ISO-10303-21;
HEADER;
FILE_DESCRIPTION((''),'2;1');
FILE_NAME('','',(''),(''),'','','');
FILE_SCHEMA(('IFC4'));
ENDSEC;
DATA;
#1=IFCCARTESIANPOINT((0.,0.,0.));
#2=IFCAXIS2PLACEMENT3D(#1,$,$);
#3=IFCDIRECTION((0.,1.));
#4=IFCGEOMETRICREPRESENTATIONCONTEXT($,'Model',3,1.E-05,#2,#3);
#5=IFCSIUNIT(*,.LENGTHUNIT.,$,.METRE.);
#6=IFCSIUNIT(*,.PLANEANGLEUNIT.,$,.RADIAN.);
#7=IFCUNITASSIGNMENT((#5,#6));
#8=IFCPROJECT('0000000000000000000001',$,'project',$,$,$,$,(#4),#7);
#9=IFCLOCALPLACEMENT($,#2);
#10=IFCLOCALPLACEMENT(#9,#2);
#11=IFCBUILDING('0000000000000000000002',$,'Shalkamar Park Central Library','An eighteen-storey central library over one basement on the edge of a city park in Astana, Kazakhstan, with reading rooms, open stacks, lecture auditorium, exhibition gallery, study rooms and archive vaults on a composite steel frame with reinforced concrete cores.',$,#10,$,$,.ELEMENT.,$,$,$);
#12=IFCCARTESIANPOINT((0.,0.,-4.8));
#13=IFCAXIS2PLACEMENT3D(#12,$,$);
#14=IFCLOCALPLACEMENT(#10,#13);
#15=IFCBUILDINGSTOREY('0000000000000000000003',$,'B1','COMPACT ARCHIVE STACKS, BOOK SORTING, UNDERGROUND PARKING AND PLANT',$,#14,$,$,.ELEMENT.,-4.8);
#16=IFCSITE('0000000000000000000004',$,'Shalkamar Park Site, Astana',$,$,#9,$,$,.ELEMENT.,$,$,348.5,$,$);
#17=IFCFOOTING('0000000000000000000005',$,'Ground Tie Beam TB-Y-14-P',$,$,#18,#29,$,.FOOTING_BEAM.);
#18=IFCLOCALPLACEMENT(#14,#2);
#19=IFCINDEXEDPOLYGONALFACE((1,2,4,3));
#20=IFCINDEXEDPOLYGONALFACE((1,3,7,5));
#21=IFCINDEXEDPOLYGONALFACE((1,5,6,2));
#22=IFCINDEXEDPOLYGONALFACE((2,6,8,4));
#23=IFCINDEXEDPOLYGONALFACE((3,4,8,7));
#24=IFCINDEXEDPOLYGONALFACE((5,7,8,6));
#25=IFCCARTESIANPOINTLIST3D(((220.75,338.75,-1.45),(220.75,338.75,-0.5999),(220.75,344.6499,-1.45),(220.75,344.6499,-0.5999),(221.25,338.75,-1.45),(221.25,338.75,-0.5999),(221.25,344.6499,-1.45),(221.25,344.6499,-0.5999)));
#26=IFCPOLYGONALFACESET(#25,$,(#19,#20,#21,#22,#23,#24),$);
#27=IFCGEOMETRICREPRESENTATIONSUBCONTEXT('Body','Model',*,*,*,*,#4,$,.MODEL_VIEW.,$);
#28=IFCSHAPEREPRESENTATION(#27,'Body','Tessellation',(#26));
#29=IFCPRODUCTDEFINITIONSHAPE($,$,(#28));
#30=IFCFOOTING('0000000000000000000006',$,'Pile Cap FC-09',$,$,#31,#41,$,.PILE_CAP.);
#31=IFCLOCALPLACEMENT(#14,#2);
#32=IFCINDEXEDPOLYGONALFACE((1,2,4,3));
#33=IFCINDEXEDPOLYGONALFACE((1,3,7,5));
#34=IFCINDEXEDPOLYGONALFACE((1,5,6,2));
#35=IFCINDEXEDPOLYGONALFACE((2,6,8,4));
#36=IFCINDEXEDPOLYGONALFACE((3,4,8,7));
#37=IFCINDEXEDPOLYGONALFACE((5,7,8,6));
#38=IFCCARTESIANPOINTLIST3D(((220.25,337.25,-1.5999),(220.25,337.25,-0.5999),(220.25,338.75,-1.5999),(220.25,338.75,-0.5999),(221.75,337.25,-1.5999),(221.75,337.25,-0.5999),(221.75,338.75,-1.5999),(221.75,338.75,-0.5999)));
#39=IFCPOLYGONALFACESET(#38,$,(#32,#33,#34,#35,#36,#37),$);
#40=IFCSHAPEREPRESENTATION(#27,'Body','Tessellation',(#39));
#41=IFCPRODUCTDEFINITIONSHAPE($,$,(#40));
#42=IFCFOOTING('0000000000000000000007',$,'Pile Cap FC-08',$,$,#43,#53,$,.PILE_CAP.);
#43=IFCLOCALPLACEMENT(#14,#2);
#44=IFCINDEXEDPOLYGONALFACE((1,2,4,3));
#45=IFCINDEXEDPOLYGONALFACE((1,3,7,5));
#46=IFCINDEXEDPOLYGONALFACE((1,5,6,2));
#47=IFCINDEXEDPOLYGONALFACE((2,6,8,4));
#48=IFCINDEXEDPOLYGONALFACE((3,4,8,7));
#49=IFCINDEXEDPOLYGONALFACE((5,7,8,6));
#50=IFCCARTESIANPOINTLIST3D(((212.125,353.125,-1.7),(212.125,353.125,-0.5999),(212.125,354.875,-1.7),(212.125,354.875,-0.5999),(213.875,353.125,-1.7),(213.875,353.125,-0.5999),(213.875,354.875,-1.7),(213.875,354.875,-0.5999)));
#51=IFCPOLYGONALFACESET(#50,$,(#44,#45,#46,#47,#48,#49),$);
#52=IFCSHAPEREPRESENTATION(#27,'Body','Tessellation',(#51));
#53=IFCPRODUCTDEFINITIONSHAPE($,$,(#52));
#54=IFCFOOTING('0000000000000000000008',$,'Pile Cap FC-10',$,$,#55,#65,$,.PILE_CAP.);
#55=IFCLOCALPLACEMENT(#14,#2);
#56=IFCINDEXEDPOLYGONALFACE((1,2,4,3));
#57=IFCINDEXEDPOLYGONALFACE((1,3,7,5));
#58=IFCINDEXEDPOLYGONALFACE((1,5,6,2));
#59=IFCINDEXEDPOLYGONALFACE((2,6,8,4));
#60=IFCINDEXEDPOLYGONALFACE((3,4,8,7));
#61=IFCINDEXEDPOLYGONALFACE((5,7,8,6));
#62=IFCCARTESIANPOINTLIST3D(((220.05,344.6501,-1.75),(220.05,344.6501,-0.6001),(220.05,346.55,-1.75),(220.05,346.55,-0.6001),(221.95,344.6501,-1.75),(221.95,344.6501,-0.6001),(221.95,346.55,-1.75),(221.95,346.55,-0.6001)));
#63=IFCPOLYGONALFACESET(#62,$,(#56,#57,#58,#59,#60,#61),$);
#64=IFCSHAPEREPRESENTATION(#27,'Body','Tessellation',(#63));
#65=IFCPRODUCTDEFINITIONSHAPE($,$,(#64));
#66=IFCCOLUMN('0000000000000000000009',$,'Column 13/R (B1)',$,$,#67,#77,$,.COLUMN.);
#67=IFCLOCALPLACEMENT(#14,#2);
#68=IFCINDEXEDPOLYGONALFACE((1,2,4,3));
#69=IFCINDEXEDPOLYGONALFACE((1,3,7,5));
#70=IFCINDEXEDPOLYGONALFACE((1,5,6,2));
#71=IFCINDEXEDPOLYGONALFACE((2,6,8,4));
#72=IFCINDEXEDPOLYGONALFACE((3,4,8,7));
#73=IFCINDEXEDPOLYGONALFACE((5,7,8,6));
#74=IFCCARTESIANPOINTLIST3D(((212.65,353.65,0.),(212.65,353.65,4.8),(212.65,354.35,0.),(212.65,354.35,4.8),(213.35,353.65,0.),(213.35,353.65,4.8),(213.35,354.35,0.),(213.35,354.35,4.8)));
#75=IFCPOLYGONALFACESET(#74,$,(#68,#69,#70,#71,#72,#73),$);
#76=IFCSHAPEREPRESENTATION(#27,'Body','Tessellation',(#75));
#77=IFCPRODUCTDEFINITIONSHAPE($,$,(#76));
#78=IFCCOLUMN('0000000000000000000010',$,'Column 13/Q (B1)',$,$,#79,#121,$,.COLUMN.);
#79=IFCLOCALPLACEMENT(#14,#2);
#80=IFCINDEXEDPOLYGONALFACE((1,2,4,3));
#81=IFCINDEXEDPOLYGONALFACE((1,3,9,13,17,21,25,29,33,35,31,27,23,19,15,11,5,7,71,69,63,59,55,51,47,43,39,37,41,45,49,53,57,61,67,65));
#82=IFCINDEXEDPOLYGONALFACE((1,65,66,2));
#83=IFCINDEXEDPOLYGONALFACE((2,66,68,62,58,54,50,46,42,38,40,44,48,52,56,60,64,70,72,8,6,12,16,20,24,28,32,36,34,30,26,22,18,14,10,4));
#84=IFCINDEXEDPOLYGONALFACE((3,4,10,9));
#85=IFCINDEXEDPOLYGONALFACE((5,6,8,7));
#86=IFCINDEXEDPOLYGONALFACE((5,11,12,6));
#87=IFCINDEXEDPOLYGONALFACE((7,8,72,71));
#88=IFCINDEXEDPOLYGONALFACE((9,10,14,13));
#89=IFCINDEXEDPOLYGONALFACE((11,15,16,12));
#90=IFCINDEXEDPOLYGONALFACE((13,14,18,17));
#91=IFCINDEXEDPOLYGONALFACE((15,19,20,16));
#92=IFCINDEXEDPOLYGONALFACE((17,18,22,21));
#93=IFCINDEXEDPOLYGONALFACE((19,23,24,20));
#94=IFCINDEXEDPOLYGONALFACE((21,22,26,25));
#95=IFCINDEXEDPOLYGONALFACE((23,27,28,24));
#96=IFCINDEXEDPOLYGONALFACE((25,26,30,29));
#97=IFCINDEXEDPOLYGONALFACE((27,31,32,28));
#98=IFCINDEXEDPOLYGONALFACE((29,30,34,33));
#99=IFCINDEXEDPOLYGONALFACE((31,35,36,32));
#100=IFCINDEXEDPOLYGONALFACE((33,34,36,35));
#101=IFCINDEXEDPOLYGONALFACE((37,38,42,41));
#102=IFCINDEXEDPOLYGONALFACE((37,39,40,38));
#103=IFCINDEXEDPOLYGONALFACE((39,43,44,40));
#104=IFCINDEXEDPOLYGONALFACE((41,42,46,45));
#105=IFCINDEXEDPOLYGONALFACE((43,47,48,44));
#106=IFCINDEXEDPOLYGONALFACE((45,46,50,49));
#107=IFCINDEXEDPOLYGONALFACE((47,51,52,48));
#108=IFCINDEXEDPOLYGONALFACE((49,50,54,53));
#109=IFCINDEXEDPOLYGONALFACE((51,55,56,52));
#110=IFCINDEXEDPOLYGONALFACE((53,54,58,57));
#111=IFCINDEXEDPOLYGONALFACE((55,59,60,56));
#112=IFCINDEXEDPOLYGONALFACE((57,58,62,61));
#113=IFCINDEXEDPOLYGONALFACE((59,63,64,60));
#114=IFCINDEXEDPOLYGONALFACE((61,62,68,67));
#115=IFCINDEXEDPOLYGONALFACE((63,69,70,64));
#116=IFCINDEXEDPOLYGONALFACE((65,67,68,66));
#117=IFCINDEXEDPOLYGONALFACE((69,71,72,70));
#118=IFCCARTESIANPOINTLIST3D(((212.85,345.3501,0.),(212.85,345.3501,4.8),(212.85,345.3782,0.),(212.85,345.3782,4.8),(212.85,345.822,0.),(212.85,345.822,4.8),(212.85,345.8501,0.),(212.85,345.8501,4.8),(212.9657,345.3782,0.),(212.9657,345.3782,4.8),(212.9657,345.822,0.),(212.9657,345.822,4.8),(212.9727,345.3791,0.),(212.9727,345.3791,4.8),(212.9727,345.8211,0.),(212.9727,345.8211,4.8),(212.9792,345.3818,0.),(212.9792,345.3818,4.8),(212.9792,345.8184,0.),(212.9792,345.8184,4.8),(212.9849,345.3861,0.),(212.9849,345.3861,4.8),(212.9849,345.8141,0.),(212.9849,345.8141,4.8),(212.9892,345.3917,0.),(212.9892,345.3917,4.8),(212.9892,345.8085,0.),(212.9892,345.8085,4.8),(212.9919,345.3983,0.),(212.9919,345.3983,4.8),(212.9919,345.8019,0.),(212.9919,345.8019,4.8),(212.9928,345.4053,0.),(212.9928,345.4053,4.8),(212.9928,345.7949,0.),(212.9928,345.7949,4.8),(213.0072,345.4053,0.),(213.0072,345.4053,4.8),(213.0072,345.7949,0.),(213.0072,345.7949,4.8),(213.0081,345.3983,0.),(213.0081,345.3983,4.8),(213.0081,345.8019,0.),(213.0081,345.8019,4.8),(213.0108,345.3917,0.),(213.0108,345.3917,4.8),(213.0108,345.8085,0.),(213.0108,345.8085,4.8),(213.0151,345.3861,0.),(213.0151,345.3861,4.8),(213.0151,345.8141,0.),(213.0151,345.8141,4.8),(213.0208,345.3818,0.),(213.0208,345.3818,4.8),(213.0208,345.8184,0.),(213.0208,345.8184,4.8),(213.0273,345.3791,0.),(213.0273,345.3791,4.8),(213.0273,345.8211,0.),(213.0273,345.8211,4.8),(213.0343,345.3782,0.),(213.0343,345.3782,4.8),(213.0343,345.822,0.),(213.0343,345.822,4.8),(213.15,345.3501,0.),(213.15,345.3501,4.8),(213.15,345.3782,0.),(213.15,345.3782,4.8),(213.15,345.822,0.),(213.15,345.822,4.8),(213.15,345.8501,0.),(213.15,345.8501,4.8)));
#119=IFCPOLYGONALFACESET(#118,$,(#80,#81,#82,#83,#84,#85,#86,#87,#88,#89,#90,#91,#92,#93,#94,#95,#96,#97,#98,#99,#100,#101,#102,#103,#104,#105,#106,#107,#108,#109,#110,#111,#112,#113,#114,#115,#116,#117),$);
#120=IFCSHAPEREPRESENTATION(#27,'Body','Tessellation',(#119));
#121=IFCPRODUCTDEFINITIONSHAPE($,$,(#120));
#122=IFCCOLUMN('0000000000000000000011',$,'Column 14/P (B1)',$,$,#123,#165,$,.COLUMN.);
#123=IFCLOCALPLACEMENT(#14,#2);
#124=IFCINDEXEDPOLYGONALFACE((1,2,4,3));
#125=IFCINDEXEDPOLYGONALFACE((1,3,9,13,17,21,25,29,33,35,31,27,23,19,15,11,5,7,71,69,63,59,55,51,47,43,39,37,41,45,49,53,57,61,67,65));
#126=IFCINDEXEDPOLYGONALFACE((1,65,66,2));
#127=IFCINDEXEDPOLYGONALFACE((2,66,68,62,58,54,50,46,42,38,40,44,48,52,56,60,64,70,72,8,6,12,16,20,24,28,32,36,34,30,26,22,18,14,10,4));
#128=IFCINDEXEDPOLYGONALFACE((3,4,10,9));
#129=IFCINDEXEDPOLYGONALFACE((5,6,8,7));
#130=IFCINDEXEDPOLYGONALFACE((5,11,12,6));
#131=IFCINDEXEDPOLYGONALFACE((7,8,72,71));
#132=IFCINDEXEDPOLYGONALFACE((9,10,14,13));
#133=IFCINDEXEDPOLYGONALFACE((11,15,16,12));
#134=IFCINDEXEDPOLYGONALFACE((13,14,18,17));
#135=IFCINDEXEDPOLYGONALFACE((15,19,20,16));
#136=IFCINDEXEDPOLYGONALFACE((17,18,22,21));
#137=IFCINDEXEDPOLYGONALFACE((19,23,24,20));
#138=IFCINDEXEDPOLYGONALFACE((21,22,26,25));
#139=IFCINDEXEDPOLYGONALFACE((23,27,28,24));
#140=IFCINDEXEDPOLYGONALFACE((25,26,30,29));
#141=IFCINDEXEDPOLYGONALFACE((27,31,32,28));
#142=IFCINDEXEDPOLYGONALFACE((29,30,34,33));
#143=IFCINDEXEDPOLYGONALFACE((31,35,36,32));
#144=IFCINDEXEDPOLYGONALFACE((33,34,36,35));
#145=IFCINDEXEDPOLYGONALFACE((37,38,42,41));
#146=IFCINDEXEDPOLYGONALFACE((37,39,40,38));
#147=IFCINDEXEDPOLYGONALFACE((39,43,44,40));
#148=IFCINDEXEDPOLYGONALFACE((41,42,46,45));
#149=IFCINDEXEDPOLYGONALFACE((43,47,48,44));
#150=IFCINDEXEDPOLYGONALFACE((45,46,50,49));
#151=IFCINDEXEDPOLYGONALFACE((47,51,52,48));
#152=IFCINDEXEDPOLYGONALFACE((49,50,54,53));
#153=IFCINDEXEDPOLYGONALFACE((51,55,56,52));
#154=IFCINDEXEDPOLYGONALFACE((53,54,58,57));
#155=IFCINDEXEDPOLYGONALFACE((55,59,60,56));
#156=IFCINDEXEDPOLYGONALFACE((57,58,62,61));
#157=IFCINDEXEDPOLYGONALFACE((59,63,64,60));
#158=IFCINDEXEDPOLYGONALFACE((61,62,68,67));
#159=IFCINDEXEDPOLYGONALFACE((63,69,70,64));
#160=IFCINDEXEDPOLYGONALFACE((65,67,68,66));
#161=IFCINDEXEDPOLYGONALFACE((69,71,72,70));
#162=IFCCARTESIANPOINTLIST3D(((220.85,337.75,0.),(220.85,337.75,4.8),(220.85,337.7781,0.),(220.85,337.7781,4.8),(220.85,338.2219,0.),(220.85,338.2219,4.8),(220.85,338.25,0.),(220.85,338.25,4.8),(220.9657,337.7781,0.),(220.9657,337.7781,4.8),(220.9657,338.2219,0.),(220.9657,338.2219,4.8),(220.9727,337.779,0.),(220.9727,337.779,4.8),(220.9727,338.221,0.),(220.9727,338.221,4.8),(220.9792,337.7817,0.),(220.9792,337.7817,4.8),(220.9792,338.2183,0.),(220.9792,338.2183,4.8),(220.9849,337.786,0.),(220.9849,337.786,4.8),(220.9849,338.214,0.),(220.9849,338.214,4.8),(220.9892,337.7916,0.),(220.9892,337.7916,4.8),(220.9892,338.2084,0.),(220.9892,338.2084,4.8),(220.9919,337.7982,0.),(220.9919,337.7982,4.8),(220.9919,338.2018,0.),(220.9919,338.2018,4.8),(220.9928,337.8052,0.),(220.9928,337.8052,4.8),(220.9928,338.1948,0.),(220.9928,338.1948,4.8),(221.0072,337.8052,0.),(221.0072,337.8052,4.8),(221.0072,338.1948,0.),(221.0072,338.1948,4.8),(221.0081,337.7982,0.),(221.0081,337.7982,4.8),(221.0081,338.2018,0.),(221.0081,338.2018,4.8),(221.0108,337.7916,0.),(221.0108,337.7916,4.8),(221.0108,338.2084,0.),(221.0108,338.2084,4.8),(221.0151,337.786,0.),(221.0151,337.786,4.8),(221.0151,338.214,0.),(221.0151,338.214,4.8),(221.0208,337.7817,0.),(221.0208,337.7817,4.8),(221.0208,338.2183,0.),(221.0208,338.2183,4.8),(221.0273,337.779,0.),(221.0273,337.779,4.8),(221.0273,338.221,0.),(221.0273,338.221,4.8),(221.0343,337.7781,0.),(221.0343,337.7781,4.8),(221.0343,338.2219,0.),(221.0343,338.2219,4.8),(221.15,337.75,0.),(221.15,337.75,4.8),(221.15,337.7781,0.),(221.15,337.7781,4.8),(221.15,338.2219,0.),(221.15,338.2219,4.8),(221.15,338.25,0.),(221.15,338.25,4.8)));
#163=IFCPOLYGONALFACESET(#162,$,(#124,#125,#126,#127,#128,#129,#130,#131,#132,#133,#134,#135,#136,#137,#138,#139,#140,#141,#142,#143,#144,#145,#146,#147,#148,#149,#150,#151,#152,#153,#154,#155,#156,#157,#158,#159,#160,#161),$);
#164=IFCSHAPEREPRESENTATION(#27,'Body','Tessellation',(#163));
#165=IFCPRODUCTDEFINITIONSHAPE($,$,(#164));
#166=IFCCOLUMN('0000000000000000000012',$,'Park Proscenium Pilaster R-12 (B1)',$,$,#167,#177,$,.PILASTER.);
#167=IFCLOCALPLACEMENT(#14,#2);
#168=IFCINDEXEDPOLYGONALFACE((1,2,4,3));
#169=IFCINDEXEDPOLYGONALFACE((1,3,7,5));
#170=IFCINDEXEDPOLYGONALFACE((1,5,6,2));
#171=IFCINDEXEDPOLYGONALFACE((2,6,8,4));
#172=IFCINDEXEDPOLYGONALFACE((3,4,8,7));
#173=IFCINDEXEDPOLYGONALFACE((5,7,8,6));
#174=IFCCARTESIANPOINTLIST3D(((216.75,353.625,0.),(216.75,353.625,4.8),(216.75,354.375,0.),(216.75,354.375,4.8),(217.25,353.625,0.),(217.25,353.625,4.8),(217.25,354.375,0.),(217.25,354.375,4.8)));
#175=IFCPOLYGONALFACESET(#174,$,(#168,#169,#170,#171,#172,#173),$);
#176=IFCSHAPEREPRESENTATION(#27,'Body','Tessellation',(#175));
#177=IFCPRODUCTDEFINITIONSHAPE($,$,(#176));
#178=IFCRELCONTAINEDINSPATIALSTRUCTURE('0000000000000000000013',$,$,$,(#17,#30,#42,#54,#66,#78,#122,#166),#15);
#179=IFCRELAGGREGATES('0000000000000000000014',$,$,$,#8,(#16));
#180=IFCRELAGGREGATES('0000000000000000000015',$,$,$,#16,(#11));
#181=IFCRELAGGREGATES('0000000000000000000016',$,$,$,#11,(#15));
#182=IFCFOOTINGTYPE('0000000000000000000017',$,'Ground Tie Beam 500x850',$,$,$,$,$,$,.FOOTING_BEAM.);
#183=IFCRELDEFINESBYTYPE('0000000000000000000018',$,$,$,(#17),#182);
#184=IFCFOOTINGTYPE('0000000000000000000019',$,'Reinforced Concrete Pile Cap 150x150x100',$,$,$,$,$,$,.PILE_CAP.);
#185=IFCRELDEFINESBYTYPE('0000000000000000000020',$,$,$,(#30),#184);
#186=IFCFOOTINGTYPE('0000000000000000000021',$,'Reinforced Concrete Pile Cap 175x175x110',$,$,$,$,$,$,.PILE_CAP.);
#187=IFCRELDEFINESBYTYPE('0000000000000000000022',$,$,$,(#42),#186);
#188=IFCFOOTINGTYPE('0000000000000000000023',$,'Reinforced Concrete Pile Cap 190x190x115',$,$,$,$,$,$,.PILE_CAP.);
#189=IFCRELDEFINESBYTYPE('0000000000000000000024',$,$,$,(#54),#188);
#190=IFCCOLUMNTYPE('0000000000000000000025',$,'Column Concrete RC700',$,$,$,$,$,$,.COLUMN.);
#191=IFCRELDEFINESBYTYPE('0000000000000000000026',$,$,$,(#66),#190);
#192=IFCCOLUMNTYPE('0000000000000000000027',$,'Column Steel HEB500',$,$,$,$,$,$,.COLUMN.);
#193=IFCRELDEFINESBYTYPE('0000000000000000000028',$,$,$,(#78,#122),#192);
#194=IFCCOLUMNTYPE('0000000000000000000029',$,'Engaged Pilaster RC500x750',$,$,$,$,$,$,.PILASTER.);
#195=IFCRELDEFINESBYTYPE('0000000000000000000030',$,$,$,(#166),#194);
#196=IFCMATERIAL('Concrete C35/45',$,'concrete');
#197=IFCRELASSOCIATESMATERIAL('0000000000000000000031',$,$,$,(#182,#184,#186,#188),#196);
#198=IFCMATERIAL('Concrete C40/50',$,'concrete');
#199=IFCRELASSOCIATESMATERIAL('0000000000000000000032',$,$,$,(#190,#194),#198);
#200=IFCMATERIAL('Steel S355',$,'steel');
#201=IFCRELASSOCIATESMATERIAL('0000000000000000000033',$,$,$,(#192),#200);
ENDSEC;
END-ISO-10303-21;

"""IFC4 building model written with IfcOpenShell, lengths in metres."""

from ifc_helpers import new_model, si_unit, direction, frame, origin, origin_2d, place, context, subcontext, project, spatial, rectangle, i_section, extrude, material, material_profile, profile_set, type_object, element, save


model = new_model("IFC4")

# Units and contexts
model_context = context("Model", 3, precision=1e-05, world=origin(), true_north=direction((0.0, 1.0)))
body_context = subcontext(model_context, "Body", "Model", "MODEL_VIEW")
ifc_project = project(units=[si_unit("LENGTHUNIT", "METRE"), si_unit("PLANEANGLEUNIT", "RADIAN")], contexts=[model_context])

# Site, building, storey
site_placement = place(None, origin())
site = spatial("IfcSite", under=ifc_project, at=site_placement, Name="Shalkamar Park Site, Astana", CompositionType="ELEMENT", RefElevation=348.5)
building_placement = place(site_placement, origin())
building = spatial("IfcBuilding", under=site, at=building_placement, Name="Shalkamar Park Central Library", Description="An eighteen-storey central library over one basement on the edge of a city park in Astana, Kazakhstan, with reading rooms, open stacks, lecture auditorium, exhibition gallery, study rooms and archive vaults on a composite steel frame with reinforced concrete cores.", CompositionType="ELEMENT")
storey_placement = place(building_placement, frame((0.0, 0.0, -4.8)))
storey = spatial("IfcBuildingStorey", under=building, at=storey_placement, Name="B1", Description="COMPACT ARCHIVE STACKS, BOOK SORTING, UNDERGROUND PARKING AND PLANT", CompositionType="ELEMENT", Elevation=-4.8)

# Shared definitions
ifc_material_1 = material(Name="Concrete C35/45", Category="concrete")

# Footings
footing_type_1 = type_object("IfcFootingType", Name="Ground Tie Beam 500x850", PredefinedType="FOOTING_BEAM", material=ifc_material_1)
footing_1_placement = place(storey_placement, frame((221.0, 341.7, -1.45), z_axis=(0.0, 0.0, 1.0), x_axis=(0.0, 1.0, 0.0)))
element("IfcFooting", 1, at=footing_1_placement, inside=storey, type_object=footing_type_1, Name="Ground Tie Beam TB-Y-14-P", PredefinedType="FOOTING_BEAM", context=body_context, shape_type="SweptSolid", body=[
    extrude(rectangle(XDim=5.8999, YDim=0.5, at=origin_2d()), origin(), (0.0, 0.0, 1.0), 0.8501),
])
footing_type_2 = type_object("IfcFootingType", Name="Reinforced Concrete Pile Cap 150x150x100", PredefinedType="PILE_CAP", material=ifc_material_1)
footing_2_placement = place(storey_placement, frame((221.0, 338.0, -1.5999), z_axis=(0.0, 0.0, 1.0), x_axis=(1.0, 0.0, 0.0)))
element("IfcFooting", 2, at=footing_2_placement, inside=storey, type_object=footing_type_2, Name="Pile Cap FC-09", PredefinedType="PILE_CAP", context=body_context, shape_type="SweptSolid", body=[
    extrude(rectangle(XDim=1.5, YDim=1.5, at=origin_2d()), origin(), (0.0, 0.0, 1.0), 1.0),
])
footing_type_3 = type_object("IfcFootingType", Name="Reinforced Concrete Pile Cap 175x175x110", PredefinedType="PILE_CAP", material=ifc_material_1)
footing_3_placement = place(storey_placement, frame((213.0, 354.0, -1.7), z_axis=(0.0, 0.0, 1.0), x_axis=(1.0, 0.0, 0.0)))
element("IfcFooting", 3, at=footing_3_placement, inside=storey, type_object=footing_type_3, Name="Pile Cap FC-08", PredefinedType="PILE_CAP", context=body_context, shape_type="SweptSolid", body=[
    extrude(rectangle(XDim=1.75, YDim=1.75, at=origin_2d()), origin(), (0.0, 0.0, 1.0), 1.1001),
])
footing_type_4 = type_object("IfcFootingType", Name="Reinforced Concrete Pile Cap 190x190x115", PredefinedType="PILE_CAP", material=ifc_material_1)
footing_4_placement = place(storey_placement, frame((221.0, 345.6001, -1.75), z_axis=(0.0, 0.0, 1.0), x_axis=(1.0, 0.0, 0.0)))
element("IfcFooting", 4, at=footing_4_placement, inside=storey, type_object=footing_type_4, Name="Pile Cap FC-10", PredefinedType="PILE_CAP", context=body_context, shape_type="SweptSolid", body=[
    extrude(rectangle(XDim=1.8999, YDim=1.8999, at=origin_2d()), origin(), (0.0, 0.0, 1.0), 1.1499),
])

# Columns
ifc_material_2 = material(Name="Concrete C40/50", Category="concrete")
ifc_material_profile_1 = material_profile(ifc_material_2, rectangle(XDim=0.7, YDim=0.7, at=origin_2d()), Name="RC 700x700")
ifc_profile_set_1 = profile_set([ifc_material_profile_1], Name="Concrete C40/50")
column_type_1 = type_object("IfcColumnType", Name="Column Concrete RC700", PredefinedType="COLUMN", material=ifc_profile_set_1)
column_1_placement = place(storey_placement, frame((213.0, 354.0, 0.0), z_axis=(0.0, 0.0, 1.0), x_axis=(1.0, 0.0, 0.0)))
element("IfcColumn", 5, at=column_1_placement, inside=storey, type_object=column_type_1, Name="Column 13/R (B1)", PredefinedType="COLUMN", context=body_context, shape_type="SweptSolid", body=[
    extrude(rectangle(XDim=0.7, YDim=0.7, at=origin_2d()), origin(), (0.0, 0.0, 1.0), 4.8),
])
ifc_material_3 = material(Name="Steel S355", Category="steel")
ifc_material_profile_2 = material_profile(ifc_material_3, i_section(OverallWidth=0.3, OverallDepth=0.5, WebThickness=0.0144, FlangeThickness=0.0281, FilletRadius=0.0271, at=origin_2d()), Name="HEB 500")
ifc_profile_set_2 = profile_set([ifc_material_profile_2], Name="Steel S355")
column_type_2 = type_object("IfcColumnType", Name="Column Steel HEB500", PredefinedType="COLUMN", material=ifc_profile_set_2)
for number, where, z_axis, x_axis, name in (
    (6, (213.0, 345.6001, 0.0), (0.0, 0.0, 1.0), (1.0, 0.0, 0.0), "Column 13/Q (B1)"),
    (7, (221.0, 338.0, 0.0), (0.0, 0.0, 1.0), (1.0, 0.0, 0.0), "Column 14/P (B1)"),
):
    element("IfcColumn", number, at=place(storey_placement, frame(where, z_axis=z_axis, x_axis=x_axis)), inside=storey, type_object=column_type_2, Name=name, PredefinedType="COLUMN", context=body_context, shape_type="SweptSolid", body=[
        extrude(i_section(OverallWidth=0.3, OverallDepth=0.5, WebThickness=0.0144, FlangeThickness=0.0281, FilletRadius=0.0271, at=origin_2d()), origin(), (0.0, 0.0, 1.0), 4.8),
    ])
ifc_material_profile_3 = material_profile(ifc_material_2, rectangle(XDim=0.5, YDim=0.75, at=origin_2d()), Name="RC 500x750")
ifc_profile_set_3 = profile_set([ifc_material_profile_3], Name="Concrete C40/50")
column_type_3 = type_object("IfcColumnType", Name="Engaged Pilaster RC500x750", PredefinedType="PILASTER", material=ifc_profile_set_3)
column_2_placement = place(storey_placement, frame((217.0, 354.0, 0.0), z_axis=(0.0, 0.0, 1.0), x_axis=(1.0, 0.0, 0.0)))
element("IfcColumn", 8, at=column_2_placement, inside=storey, type_object=column_type_3, Name="Park Proscenium Pilaster R-12 (B1)", PredefinedType="PILASTER", context=body_context, shape_type="SweptSolid", body=[
    extrude(rectangle(XDim=0.5, YDim=0.75, at=origin_2d()), origin(), (0.0, 0.0, 1.0), 4.8),
])

save(model, "model.ifc")
